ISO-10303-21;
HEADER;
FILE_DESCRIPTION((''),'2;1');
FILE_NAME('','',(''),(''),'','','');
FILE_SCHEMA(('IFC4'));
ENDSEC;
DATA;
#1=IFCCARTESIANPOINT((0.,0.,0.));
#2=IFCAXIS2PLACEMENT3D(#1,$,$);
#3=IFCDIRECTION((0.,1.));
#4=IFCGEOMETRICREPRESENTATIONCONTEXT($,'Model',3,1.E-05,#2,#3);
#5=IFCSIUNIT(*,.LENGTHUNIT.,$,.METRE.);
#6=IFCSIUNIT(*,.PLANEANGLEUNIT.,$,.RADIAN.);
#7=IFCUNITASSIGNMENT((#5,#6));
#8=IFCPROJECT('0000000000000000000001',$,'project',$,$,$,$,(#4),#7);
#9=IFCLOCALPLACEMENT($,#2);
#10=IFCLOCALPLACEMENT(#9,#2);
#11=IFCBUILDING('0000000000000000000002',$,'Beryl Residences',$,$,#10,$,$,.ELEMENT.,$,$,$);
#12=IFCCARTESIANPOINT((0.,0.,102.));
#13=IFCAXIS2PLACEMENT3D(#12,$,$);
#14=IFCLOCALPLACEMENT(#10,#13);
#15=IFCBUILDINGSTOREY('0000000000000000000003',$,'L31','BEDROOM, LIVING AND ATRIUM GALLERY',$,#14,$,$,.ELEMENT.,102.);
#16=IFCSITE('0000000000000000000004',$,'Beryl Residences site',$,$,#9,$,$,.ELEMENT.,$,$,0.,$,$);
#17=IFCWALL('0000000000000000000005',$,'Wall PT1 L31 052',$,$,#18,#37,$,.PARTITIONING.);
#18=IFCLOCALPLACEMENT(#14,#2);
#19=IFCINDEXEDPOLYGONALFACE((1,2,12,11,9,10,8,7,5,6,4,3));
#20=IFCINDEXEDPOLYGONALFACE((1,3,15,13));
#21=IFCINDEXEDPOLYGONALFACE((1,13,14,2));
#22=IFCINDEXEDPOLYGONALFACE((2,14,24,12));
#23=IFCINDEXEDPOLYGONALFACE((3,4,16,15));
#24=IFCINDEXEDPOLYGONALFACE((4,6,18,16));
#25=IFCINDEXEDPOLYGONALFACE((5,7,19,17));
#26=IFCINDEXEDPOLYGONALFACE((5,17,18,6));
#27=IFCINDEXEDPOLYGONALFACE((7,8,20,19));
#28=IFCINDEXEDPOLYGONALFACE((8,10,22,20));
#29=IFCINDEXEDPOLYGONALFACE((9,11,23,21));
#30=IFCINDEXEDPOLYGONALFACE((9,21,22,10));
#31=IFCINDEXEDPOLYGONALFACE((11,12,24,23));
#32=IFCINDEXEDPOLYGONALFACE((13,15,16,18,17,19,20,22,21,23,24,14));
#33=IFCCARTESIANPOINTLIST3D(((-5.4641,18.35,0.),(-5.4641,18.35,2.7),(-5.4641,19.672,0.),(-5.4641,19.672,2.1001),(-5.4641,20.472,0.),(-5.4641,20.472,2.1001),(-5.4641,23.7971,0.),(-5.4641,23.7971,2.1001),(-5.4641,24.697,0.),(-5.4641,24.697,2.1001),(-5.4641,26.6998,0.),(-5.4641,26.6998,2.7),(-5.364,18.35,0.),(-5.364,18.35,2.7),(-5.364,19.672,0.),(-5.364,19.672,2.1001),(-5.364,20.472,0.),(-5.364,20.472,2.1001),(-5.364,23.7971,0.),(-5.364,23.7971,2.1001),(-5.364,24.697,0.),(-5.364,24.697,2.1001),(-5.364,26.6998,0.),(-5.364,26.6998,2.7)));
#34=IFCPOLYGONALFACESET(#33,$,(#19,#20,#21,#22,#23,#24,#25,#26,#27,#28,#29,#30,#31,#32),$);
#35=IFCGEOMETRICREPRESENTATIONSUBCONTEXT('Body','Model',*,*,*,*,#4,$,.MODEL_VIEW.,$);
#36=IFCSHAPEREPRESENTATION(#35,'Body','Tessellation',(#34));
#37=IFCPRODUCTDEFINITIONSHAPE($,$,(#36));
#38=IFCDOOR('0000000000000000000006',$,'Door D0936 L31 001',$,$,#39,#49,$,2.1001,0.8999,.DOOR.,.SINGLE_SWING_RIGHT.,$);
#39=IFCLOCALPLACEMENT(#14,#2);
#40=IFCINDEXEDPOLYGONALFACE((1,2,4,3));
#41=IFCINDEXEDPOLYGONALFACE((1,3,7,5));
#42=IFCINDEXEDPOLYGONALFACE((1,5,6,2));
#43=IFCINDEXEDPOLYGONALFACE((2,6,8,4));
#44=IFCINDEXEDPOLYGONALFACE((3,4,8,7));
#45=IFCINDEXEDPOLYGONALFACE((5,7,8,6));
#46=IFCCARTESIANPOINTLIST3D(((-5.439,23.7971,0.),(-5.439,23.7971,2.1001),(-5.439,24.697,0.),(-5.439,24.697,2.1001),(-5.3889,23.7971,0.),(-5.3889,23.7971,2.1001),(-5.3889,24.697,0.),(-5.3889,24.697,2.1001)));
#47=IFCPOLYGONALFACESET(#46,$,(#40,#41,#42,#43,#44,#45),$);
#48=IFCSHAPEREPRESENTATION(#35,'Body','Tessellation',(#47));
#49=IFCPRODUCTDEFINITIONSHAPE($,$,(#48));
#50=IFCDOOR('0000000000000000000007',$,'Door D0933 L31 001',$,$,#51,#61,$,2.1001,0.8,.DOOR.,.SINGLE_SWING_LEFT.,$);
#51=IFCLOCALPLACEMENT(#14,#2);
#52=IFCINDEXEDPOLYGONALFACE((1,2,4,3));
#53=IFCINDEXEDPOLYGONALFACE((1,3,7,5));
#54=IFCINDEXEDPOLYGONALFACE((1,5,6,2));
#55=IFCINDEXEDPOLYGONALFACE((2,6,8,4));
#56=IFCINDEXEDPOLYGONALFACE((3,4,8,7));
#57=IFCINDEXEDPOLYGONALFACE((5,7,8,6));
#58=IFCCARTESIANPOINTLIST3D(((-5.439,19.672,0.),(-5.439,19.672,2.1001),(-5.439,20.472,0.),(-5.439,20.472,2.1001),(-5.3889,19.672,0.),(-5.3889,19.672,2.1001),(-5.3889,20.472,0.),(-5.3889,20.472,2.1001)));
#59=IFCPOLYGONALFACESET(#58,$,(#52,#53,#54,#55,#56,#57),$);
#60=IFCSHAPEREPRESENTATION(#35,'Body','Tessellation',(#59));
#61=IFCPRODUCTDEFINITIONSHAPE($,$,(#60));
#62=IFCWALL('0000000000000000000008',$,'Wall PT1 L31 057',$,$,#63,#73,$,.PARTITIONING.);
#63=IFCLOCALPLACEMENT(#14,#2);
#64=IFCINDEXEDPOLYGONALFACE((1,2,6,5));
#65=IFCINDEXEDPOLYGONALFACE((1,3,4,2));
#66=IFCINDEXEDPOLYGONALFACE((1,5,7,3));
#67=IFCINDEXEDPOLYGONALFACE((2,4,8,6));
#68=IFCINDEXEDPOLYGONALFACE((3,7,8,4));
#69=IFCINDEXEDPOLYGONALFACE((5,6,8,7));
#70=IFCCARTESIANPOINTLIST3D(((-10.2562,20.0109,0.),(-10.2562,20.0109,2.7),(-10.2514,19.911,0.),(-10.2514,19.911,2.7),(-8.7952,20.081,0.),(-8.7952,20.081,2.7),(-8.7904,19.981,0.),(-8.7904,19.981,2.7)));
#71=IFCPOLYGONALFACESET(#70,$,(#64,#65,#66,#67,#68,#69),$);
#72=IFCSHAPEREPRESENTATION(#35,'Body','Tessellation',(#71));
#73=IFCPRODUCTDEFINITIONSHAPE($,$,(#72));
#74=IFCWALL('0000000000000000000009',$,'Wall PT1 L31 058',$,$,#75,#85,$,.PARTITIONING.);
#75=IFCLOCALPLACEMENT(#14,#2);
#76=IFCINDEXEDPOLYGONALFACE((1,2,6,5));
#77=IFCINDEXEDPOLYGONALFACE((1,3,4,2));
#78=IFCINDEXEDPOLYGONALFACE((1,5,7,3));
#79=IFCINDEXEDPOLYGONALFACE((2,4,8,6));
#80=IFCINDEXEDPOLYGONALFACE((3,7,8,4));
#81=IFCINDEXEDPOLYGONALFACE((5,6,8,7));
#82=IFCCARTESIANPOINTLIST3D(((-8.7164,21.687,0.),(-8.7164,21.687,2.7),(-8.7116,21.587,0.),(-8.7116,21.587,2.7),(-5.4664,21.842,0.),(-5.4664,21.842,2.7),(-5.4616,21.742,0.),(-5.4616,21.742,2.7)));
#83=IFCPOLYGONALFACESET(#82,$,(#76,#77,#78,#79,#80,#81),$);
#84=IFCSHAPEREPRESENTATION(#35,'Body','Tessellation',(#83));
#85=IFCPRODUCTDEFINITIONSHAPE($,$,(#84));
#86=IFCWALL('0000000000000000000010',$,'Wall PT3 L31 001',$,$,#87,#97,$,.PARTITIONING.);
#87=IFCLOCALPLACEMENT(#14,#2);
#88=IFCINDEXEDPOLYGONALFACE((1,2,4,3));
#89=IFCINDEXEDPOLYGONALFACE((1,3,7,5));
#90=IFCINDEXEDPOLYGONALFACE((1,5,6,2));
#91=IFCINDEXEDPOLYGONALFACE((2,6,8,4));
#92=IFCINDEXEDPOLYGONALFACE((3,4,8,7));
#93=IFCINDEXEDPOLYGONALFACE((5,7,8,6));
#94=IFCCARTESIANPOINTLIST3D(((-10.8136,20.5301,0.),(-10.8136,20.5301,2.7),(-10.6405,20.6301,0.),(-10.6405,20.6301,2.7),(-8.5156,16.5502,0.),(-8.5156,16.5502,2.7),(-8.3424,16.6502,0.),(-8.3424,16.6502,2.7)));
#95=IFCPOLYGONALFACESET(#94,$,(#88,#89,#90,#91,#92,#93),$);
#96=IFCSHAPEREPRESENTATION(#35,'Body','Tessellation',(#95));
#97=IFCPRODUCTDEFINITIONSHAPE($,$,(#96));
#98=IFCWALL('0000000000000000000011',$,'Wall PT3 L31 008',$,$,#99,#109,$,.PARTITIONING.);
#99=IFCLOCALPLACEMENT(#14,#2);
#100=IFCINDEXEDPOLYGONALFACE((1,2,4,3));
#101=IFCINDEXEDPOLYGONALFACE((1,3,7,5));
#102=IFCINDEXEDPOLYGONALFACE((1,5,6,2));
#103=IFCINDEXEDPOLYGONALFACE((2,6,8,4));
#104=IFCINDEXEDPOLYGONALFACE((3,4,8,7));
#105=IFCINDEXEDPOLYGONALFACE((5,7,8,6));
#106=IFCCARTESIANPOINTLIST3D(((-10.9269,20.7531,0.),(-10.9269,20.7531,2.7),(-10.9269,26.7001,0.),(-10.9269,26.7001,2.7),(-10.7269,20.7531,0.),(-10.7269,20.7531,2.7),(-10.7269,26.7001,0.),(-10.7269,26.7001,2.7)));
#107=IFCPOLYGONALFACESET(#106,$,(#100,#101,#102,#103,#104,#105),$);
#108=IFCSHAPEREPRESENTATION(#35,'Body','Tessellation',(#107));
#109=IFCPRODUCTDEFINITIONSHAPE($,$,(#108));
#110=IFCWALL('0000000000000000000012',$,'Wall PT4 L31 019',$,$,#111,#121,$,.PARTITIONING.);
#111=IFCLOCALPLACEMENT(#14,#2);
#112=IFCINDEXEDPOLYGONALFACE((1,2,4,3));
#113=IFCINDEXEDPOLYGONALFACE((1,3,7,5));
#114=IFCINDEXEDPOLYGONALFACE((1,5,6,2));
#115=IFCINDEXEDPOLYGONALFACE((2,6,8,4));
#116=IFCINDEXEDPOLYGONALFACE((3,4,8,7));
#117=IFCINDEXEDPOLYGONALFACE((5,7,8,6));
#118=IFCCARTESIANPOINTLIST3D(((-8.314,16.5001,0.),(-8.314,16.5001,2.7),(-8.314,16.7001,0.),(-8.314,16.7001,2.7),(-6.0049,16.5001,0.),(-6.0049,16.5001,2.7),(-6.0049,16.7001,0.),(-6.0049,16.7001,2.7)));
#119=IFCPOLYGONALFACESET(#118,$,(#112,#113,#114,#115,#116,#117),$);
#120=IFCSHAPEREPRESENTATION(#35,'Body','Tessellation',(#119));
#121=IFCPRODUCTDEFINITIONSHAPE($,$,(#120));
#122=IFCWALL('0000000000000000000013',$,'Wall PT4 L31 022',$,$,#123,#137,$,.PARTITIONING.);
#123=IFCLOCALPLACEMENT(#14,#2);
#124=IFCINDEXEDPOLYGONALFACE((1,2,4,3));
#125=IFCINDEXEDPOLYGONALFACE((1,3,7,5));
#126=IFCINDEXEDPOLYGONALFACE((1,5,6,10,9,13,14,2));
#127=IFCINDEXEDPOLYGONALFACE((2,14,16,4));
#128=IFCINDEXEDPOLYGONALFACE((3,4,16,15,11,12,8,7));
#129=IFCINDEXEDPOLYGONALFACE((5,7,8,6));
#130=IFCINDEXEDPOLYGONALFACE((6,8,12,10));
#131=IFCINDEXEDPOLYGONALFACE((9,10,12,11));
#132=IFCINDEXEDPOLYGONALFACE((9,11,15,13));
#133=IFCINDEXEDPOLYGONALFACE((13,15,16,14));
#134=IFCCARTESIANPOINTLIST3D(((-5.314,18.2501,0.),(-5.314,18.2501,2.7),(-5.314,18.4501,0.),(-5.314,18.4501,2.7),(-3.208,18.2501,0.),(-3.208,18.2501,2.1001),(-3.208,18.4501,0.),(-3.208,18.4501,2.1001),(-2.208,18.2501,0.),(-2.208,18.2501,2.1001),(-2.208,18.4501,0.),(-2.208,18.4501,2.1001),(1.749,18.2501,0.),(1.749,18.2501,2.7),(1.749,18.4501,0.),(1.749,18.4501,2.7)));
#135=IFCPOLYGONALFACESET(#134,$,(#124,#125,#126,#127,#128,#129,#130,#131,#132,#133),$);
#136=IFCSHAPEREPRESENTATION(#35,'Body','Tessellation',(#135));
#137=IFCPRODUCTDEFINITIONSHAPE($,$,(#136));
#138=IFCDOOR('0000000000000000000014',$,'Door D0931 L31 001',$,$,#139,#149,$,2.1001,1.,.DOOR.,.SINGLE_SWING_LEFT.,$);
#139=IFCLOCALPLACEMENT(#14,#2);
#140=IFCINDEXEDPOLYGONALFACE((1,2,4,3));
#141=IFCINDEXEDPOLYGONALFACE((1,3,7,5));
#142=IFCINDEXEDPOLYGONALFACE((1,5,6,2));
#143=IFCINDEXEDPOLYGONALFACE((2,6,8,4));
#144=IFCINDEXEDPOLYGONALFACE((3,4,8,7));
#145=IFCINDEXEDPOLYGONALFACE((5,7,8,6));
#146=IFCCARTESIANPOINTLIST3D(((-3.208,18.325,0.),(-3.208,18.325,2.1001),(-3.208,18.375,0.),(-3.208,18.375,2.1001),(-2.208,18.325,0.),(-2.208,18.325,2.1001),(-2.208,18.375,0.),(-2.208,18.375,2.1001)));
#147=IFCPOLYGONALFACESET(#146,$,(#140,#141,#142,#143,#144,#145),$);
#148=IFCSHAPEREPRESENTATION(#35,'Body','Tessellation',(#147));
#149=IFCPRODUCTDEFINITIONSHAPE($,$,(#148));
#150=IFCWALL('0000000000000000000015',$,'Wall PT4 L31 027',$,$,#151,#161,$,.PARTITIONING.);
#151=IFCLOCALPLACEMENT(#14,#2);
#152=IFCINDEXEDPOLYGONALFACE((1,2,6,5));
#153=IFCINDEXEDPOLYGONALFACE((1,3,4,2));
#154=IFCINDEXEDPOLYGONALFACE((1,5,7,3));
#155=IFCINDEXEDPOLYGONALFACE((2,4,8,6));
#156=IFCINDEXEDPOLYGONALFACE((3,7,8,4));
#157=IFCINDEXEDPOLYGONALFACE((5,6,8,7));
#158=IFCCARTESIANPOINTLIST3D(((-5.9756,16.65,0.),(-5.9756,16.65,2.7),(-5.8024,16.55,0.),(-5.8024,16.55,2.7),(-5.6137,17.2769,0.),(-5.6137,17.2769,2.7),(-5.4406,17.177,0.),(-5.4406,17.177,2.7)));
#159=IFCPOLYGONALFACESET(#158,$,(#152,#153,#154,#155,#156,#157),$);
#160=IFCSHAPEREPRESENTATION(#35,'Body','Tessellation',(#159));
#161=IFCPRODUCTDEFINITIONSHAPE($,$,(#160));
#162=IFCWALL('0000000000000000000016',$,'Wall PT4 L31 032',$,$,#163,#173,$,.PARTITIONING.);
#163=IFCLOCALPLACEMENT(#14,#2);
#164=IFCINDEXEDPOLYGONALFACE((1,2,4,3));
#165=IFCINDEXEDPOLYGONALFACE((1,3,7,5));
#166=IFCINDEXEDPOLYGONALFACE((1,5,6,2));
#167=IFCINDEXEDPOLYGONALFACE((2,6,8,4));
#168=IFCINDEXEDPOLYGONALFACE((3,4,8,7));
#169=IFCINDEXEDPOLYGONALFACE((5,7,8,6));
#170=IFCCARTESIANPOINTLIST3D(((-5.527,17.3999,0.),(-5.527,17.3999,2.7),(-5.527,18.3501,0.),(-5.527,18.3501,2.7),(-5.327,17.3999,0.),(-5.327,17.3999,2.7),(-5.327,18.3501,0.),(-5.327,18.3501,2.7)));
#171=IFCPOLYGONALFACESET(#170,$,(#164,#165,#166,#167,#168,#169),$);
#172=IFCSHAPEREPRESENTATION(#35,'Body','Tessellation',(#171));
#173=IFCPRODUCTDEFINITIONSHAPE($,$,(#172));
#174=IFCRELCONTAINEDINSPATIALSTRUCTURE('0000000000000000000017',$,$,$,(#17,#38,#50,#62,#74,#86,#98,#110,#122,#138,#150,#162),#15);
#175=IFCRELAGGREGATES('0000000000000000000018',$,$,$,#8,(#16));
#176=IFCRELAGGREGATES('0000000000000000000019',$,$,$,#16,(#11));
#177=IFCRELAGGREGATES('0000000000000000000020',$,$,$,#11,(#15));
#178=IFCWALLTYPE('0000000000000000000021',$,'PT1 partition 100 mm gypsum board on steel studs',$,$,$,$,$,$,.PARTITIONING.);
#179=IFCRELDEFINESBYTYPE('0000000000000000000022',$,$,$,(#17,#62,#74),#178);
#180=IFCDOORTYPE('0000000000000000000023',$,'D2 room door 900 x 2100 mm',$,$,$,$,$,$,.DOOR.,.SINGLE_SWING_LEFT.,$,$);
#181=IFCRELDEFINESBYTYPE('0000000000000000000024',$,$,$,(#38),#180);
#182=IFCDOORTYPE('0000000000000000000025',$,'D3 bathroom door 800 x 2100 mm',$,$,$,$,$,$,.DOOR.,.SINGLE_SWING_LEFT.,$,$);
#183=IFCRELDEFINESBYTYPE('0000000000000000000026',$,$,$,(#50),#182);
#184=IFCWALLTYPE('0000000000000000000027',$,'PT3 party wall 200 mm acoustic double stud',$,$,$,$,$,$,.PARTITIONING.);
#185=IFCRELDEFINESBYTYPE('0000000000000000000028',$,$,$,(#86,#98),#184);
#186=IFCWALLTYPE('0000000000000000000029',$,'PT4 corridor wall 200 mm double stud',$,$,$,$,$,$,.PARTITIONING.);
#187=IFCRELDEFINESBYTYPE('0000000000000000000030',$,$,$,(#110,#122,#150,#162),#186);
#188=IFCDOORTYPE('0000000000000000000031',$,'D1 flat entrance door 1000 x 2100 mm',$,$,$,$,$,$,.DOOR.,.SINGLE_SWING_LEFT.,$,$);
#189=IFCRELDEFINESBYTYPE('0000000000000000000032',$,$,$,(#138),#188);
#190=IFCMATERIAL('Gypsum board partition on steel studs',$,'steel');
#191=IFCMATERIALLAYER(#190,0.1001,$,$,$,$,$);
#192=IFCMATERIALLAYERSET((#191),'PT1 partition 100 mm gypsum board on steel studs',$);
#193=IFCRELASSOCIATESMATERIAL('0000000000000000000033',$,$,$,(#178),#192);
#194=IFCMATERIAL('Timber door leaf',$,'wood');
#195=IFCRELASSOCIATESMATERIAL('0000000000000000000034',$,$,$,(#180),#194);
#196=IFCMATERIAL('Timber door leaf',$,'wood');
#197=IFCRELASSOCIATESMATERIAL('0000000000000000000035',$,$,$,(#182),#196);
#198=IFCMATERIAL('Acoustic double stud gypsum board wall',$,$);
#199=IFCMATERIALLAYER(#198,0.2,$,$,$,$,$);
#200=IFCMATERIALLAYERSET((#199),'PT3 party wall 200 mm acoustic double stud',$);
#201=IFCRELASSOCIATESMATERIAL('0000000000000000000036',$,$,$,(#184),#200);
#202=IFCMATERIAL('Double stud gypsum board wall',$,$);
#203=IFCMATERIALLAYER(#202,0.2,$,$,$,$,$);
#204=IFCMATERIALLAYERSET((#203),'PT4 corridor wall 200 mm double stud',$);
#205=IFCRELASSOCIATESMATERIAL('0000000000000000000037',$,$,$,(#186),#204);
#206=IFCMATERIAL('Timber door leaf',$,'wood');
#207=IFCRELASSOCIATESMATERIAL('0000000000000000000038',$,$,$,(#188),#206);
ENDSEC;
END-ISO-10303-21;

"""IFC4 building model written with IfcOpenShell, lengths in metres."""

from ifc_helpers import new_model, si_unit, direction, frame, frame_2d, origin, place, context, subcontext, project, spatial, rectangle, extrude, material, layer, layer_set, type_object, element, fill, save


model = new_model("IFC4")

# Units and contexts
model_context = context("Model", 3, precision=1e-05, world=origin(), true_north=direction((0.0, 1.0)))
body_context = subcontext(model_context, "Body", "Model", "MODEL_VIEW")
ifc_project = project(units=[si_unit("LENGTHUNIT", "METRE"), si_unit("PLANEANGLEUNIT", "RADIAN")], contexts=[model_context])

# Site, building, storey
site_placement = place(None, origin())
site = spatial("IfcSite", under=ifc_project, at=site_placement, Name="Beryl Residences site", CompositionType="ELEMENT", RefElevation=0.0)
building_placement = place(site_placement, origin())
building = spatial("IfcBuilding", under=site, at=building_placement, Name="Beryl Residences", CompositionType="ELEMENT")
storey_placement = place(building_placement, frame((0.0, 0.0, 102.0)))
storey = spatial("IfcBuildingStorey", under=building, at=storey_placement, Name="L31", Description="BEDROOM, LIVING AND ATRIUM GALLERY", CompositionType="ELEMENT", Elevation=102.0)

# Shared definitions
ifc_material_1 = material(Name="Gypsum board partition on steel studs", Category="steel")
ifc_layer_1 = layer(ifc_material_1, 0.1001)
ifc_layer_set_1 = layer_set([ifc_layer_1], Name="PT1 partition 100 mm gypsum board on steel studs")
wall_type_1 = type_object("IfcWallType", Name="PT1 partition 100 mm gypsum board on steel studs", PredefinedType="PARTITIONING", material=ifc_layer_set_1)
ifc_material_2 = material(Name="Timber door leaf", Category="wood")
door_type_1 = type_object("IfcDoorType", Name="D2 room door 900 x 2100 mm", OperationType="SINGLE_SWING_LEFT", PredefinedType="DOOR", material=ifc_material_2)

# Wall, openings, doors
wall_1_placement = place(storey_placement, frame((-5.4141, 18.3501, 0.0), z_axis=(0.0, 0.0, 1.0), x_axis=(0.0, 1.0, 0.0)))
wall_1 = element("IfcWall", 1, at=wall_1_placement, inside=storey, type_object=wall_type_1, Name="Wall PT1 L31 052", PredefinedType="PARTITIONING", context=body_context, shape_type="SweptSolid", body=[
    extrude(rectangle(XDim=8.3499, YDim=0.1001, at=frame_2d((4.1748, 0.0))), origin(), (0.0, 0.0, 1.0), 2.7),
])
opening_1_placement = place(wall_1_placement, frame((1.322, 0.0, 0.0)))
opening_1 = element("IfcOpeningElement", 2, at=opening_1_placement, cuts=wall_1, PredefinedType="OPENING", context=body_context, shape_type="SweptSolid", body=[
    extrude(rectangle(XDim=0.8, YDim=2.1001, at=frame_2d((0.3999, 1.05))), frame((0.0, 0.0601, 0.0), z_axis=(0.0, -1.0, 0.0), x_axis=(1.0, 0.0, 0.0)), (0.0, 0.0, 1.0), 0.1201),
])
opening_2_placement = place(wall_1_placement, frame((5.447, 0.0, 0.0)))
opening_2 = element("IfcOpeningElement", 3, at=opening_2_placement, cuts=wall_1, PredefinedType="OPENING", context=body_context, shape_type="SweptSolid", body=[
    extrude(rectangle(XDim=0.8999, YDim=2.1001, at=frame_2d((0.45, 1.05))), frame((0.0, 0.0601, 0.0), z_axis=(0.0, -1.0, 0.0), x_axis=(1.0, 0.0, 0.0)), (0.0, 0.0, 1.0), 0.1201),
])
door_1_placement = place(opening_2_placement, origin())
door_1 = element("IfcDoor", 4, at=door_1_placement, inside=storey, type_object=door_type_1, Name="Door D0936 L31 001", OperationType="SINGLE_SWING_RIGHT", OverallHeight=2.1001, OverallWidth=0.8999, PredefinedType="DOOR", context=body_context, shape_type="SweptSolid", body=[
    extrude(rectangle(XDim=0.8999, YDim=2.1001, at=frame_2d((0.45, 1.05))), frame((0.0, 0.0249, 0.0), z_axis=(0.0, -1.0, 0.0), x_axis=(1.0, 0.0, 0.0)), (0.0, 0.0, 1.0), 0.05),
])
fill(opening_2, door_1)
ifc_material_3 = material(Name="Timber door leaf", Category="wood")
door_type_2 = type_object("IfcDoorType", Name="D3 bathroom door 800 x 2100 mm", OperationType="SINGLE_SWING_LEFT", PredefinedType="DOOR", material=ifc_material_3)
door_2_placement = place(opening_1_placement, origin())
door_2 = element("IfcDoor", 5, at=door_2_placement, inside=storey, type_object=door_type_2, Name="Door D0933 L31 001", OperationType="SINGLE_SWING_LEFT", OverallHeight=2.1001, OverallWidth=0.8, PredefinedType="DOOR", context=body_context, shape_type="SweptSolid", body=[
    extrude(rectangle(XDim=0.8, YDim=2.1001, at=frame_2d((0.3999, 1.05))), frame((0.0, 0.0249, 0.0), z_axis=(0.0, -1.0, 0.0), x_axis=(1.0, 0.0, 0.0)), (0.0, 0.0, 1.0), 0.05),
])
fill(opening_1, door_2)

# Walls
wall_2_placement = place(storey_placement, frame((-10.2539, 19.9609, 0.0), z_axis=(0.0, 0.0, 1.0), x_axis=(0.998852, 0.047906, 0.0)))
element("IfcWall", 6, at=wall_2_placement, inside=storey, type_object=wall_type_1, Name="Wall PT1 L31 057", PredefinedType="PARTITIONING", context=body_context, shape_type="SweptSolid", body=[
    extrude(rectangle(XDim=1.4626, YDim=0.1001, at=frame_2d((0.7314, 0.0))), origin(), (0.0, 0.0, 1.0), 2.7),
])
wall_3_placement = place(storey_placement, frame((-8.7141, 21.637, 0.0), z_axis=(0.0, 0.0, 1.0), x_axis=(0.998864, 0.047647, 0.0)))
element("IfcWall", 7, at=wall_3_placement, inside=storey, type_object=wall_type_1, Name="Wall PT1 L31 058", PredefinedType="PARTITIONING", context=body_context, shape_type="SweptSolid", body=[
    extrude(rectangle(XDim=3.2537, YDim=0.1001, at=frame_2d((1.627, 0.0))), origin(), (0.0, 0.0, 1.0), 2.7),
])
ifc_material_4 = material(Name="Acoustic double stud gypsum board wall")
ifc_layer_2 = layer(ifc_material_4, 0.2)
ifc_layer_set_2 = layer_set([ifc_layer_2], Name="PT3 party wall 200 mm acoustic double stud")
wall_type_2 = type_object("IfcWallType", Name="PT3 party wall 200 mm acoustic double stud", PredefinedType="PARTITIONING", material=ifc_layer_set_2)
wall_4_placement = place(storey_placement, frame((-10.7271, 20.5801, 0.0), z_axis=(0.0, 0.0, 1.0), x_axis=(0.500041, -0.866002, 0.0)))
element("IfcWall", 8, at=wall_4_placement, inside=storey, type_object=wall_type_2, Name="Wall PT3 L31 001", PredefinedType="PARTITIONING", context=body_context, shape_type="SweptSolid", body=[
    extrude(rectangle(XDim=4.5957, YDim=0.2, at=frame_2d((2.2979, 0.0))), origin(), (0.0, 0.0, 1.0), 2.7),
])
wall_5_placement = place(storey_placement, frame((-10.8269, 20.7529, 0.0), z_axis=(0.0, 0.0, 1.0), x_axis=(0.0, 1.0, 0.0)))
element("IfcWall", 9, at=wall_5_placement, inside=storey, type_object=wall_type_2, Name="Wall PT3 L31 008", PredefinedType="PARTITIONING", context=body_context, shape_type="SweptSolid", body=[
    extrude(rectangle(XDim=5.947, YDim=0.2, at=frame_2d((2.9736, 0.0))), origin(), (0.0, 0.0, 1.0), 2.7),
])
ifc_material_5 = material(Name="Double stud gypsum board wall")
ifc_layer_3 = layer(ifc_material_5, 0.2)
ifc_layer_set_3 = layer_set([ifc_layer_3], Name="PT4 corridor wall 200 mm double stud")
wall_type_3 = type_object("IfcWallType", Name="PT4 corridor wall 200 mm double stud", PredefinedType="PARTITIONING", material=ifc_layer_set_3)
wall_6_placement = place(storey_placement, frame((-8.314, 16.6001, 0.0), z_axis=(0.0, 0.0, 1.0), x_axis=(1.0, 0.0, 0.0)))
element("IfcWall", 10, at=wall_6_placement, inside=storey, type_object=wall_type_3, Name="Wall PT4 L31 019", PredefinedType="PARTITIONING", context=body_context, shape_type="SweptSolid", body=[
    extrude(rectangle(XDim=2.3091, YDim=0.2, at=frame_2d((1.1545, 0.0))), origin(), (0.0, 0.0, 1.0), 2.7),
])

# Wall, opening, door
wall_7_placement = place(storey_placement, frame((-5.314, 18.3501, 0.0), z_axis=(0.0, 0.0, 1.0), x_axis=(1.0, 0.0, 0.0)))
wall_7 = element("IfcWall", 11, at=wall_7_placement, inside=storey, type_object=wall_type_3, Name="Wall PT4 L31 022", PredefinedType="PARTITIONING", context=body_context, shape_type="SweptSolid", body=[
    extrude(rectangle(XDim=7.063, YDim=0.2, at=frame_2d((3.5315, 0.0))), origin(), (0.0, 0.0, 1.0), 2.7),
])
opening_3_placement = place(wall_7_placement, frame((2.106, 0.0, 0.0)))
opening_3 = element("IfcOpeningElement", 12, at=opening_3_placement, cuts=wall_7, PredefinedType="OPENING", context=body_context, shape_type="SweptSolid", body=[
    extrude(rectangle(XDim=1.0, YDim=2.1001, at=frame_2d((0.5, 1.05))), frame((0.0, 0.1099, 0.0), z_axis=(0.0, -1.0, 0.0), x_axis=(1.0, 0.0, 0.0)), (0.0, 0.0, 1.0), 0.22),
])
ifc_material_6 = material(Name="Timber door leaf", Category="wood")
door_type_3 = type_object("IfcDoorType", Name="D1 flat entrance door 1000 x 2100 mm", OperationType="SINGLE_SWING_LEFT", PredefinedType="DOOR", material=ifc_material_6)
door_3_placement = place(opening_3_placement, origin())
door_3 = element("IfcDoor", 13, at=door_3_placement, inside=storey, type_object=door_type_3, Name="Door D0931 L31 001", OperationType="SINGLE_SWING_LEFT", OverallHeight=2.1001, OverallWidth=1.0, PredefinedType="DOOR", context=body_context, shape_type="SweptSolid", body=[
    extrude(rectangle(XDim=1.0, YDim=2.1001, at=frame_2d((0.5, 1.05))), frame((0.0, 0.0249, 0.0), z_axis=(0.0, -1.0, 0.0), x_axis=(1.0, 0.0, 0.0)), (0.0, 0.0, 1.0), 0.05),
])
fill(opening_3, door_3)

# Walls
wall_8_placement = place(storey_placement, frame((-5.8889, 16.6001, 0.0), z_axis=(0.0, 0.0, 1.0), x_axis=(0.499839, 0.866118, 0.0)))
element("IfcWall", 14, at=wall_8_placement, inside=storey, type_object=wall_type_3, Name="Wall PT4 L31 027", PredefinedType="PARTITIONING", context=body_context, shape_type="SweptSolid", body=[
    extrude(rectangle(XDim=0.7239, YDim=0.2, at=frame_2d((0.3618, 0.0))), origin(), (0.0, 0.0, 1.0), 2.7),
])
wall_9_placement = place(storey_placement, frame((-5.427, 17.3999, 0.0), z_axis=(0.0, 0.0, 1.0), x_axis=(0.0, 1.0, 0.0)))
element("IfcWall", 15, at=wall_9_placement, inside=storey, type_object=wall_type_3, Name="Wall PT4 L31 032", PredefinedType="PARTITIONING", context=body_context, shape_type="SweptSolid", body=[
    extrude(rectangle(XDim=0.9502, YDim=0.2, at=frame_2d((0.4751, 0.0))), origin(), (0.0, 0.0, 1.0), 2.7),
])

save(model, "model.ifc")
